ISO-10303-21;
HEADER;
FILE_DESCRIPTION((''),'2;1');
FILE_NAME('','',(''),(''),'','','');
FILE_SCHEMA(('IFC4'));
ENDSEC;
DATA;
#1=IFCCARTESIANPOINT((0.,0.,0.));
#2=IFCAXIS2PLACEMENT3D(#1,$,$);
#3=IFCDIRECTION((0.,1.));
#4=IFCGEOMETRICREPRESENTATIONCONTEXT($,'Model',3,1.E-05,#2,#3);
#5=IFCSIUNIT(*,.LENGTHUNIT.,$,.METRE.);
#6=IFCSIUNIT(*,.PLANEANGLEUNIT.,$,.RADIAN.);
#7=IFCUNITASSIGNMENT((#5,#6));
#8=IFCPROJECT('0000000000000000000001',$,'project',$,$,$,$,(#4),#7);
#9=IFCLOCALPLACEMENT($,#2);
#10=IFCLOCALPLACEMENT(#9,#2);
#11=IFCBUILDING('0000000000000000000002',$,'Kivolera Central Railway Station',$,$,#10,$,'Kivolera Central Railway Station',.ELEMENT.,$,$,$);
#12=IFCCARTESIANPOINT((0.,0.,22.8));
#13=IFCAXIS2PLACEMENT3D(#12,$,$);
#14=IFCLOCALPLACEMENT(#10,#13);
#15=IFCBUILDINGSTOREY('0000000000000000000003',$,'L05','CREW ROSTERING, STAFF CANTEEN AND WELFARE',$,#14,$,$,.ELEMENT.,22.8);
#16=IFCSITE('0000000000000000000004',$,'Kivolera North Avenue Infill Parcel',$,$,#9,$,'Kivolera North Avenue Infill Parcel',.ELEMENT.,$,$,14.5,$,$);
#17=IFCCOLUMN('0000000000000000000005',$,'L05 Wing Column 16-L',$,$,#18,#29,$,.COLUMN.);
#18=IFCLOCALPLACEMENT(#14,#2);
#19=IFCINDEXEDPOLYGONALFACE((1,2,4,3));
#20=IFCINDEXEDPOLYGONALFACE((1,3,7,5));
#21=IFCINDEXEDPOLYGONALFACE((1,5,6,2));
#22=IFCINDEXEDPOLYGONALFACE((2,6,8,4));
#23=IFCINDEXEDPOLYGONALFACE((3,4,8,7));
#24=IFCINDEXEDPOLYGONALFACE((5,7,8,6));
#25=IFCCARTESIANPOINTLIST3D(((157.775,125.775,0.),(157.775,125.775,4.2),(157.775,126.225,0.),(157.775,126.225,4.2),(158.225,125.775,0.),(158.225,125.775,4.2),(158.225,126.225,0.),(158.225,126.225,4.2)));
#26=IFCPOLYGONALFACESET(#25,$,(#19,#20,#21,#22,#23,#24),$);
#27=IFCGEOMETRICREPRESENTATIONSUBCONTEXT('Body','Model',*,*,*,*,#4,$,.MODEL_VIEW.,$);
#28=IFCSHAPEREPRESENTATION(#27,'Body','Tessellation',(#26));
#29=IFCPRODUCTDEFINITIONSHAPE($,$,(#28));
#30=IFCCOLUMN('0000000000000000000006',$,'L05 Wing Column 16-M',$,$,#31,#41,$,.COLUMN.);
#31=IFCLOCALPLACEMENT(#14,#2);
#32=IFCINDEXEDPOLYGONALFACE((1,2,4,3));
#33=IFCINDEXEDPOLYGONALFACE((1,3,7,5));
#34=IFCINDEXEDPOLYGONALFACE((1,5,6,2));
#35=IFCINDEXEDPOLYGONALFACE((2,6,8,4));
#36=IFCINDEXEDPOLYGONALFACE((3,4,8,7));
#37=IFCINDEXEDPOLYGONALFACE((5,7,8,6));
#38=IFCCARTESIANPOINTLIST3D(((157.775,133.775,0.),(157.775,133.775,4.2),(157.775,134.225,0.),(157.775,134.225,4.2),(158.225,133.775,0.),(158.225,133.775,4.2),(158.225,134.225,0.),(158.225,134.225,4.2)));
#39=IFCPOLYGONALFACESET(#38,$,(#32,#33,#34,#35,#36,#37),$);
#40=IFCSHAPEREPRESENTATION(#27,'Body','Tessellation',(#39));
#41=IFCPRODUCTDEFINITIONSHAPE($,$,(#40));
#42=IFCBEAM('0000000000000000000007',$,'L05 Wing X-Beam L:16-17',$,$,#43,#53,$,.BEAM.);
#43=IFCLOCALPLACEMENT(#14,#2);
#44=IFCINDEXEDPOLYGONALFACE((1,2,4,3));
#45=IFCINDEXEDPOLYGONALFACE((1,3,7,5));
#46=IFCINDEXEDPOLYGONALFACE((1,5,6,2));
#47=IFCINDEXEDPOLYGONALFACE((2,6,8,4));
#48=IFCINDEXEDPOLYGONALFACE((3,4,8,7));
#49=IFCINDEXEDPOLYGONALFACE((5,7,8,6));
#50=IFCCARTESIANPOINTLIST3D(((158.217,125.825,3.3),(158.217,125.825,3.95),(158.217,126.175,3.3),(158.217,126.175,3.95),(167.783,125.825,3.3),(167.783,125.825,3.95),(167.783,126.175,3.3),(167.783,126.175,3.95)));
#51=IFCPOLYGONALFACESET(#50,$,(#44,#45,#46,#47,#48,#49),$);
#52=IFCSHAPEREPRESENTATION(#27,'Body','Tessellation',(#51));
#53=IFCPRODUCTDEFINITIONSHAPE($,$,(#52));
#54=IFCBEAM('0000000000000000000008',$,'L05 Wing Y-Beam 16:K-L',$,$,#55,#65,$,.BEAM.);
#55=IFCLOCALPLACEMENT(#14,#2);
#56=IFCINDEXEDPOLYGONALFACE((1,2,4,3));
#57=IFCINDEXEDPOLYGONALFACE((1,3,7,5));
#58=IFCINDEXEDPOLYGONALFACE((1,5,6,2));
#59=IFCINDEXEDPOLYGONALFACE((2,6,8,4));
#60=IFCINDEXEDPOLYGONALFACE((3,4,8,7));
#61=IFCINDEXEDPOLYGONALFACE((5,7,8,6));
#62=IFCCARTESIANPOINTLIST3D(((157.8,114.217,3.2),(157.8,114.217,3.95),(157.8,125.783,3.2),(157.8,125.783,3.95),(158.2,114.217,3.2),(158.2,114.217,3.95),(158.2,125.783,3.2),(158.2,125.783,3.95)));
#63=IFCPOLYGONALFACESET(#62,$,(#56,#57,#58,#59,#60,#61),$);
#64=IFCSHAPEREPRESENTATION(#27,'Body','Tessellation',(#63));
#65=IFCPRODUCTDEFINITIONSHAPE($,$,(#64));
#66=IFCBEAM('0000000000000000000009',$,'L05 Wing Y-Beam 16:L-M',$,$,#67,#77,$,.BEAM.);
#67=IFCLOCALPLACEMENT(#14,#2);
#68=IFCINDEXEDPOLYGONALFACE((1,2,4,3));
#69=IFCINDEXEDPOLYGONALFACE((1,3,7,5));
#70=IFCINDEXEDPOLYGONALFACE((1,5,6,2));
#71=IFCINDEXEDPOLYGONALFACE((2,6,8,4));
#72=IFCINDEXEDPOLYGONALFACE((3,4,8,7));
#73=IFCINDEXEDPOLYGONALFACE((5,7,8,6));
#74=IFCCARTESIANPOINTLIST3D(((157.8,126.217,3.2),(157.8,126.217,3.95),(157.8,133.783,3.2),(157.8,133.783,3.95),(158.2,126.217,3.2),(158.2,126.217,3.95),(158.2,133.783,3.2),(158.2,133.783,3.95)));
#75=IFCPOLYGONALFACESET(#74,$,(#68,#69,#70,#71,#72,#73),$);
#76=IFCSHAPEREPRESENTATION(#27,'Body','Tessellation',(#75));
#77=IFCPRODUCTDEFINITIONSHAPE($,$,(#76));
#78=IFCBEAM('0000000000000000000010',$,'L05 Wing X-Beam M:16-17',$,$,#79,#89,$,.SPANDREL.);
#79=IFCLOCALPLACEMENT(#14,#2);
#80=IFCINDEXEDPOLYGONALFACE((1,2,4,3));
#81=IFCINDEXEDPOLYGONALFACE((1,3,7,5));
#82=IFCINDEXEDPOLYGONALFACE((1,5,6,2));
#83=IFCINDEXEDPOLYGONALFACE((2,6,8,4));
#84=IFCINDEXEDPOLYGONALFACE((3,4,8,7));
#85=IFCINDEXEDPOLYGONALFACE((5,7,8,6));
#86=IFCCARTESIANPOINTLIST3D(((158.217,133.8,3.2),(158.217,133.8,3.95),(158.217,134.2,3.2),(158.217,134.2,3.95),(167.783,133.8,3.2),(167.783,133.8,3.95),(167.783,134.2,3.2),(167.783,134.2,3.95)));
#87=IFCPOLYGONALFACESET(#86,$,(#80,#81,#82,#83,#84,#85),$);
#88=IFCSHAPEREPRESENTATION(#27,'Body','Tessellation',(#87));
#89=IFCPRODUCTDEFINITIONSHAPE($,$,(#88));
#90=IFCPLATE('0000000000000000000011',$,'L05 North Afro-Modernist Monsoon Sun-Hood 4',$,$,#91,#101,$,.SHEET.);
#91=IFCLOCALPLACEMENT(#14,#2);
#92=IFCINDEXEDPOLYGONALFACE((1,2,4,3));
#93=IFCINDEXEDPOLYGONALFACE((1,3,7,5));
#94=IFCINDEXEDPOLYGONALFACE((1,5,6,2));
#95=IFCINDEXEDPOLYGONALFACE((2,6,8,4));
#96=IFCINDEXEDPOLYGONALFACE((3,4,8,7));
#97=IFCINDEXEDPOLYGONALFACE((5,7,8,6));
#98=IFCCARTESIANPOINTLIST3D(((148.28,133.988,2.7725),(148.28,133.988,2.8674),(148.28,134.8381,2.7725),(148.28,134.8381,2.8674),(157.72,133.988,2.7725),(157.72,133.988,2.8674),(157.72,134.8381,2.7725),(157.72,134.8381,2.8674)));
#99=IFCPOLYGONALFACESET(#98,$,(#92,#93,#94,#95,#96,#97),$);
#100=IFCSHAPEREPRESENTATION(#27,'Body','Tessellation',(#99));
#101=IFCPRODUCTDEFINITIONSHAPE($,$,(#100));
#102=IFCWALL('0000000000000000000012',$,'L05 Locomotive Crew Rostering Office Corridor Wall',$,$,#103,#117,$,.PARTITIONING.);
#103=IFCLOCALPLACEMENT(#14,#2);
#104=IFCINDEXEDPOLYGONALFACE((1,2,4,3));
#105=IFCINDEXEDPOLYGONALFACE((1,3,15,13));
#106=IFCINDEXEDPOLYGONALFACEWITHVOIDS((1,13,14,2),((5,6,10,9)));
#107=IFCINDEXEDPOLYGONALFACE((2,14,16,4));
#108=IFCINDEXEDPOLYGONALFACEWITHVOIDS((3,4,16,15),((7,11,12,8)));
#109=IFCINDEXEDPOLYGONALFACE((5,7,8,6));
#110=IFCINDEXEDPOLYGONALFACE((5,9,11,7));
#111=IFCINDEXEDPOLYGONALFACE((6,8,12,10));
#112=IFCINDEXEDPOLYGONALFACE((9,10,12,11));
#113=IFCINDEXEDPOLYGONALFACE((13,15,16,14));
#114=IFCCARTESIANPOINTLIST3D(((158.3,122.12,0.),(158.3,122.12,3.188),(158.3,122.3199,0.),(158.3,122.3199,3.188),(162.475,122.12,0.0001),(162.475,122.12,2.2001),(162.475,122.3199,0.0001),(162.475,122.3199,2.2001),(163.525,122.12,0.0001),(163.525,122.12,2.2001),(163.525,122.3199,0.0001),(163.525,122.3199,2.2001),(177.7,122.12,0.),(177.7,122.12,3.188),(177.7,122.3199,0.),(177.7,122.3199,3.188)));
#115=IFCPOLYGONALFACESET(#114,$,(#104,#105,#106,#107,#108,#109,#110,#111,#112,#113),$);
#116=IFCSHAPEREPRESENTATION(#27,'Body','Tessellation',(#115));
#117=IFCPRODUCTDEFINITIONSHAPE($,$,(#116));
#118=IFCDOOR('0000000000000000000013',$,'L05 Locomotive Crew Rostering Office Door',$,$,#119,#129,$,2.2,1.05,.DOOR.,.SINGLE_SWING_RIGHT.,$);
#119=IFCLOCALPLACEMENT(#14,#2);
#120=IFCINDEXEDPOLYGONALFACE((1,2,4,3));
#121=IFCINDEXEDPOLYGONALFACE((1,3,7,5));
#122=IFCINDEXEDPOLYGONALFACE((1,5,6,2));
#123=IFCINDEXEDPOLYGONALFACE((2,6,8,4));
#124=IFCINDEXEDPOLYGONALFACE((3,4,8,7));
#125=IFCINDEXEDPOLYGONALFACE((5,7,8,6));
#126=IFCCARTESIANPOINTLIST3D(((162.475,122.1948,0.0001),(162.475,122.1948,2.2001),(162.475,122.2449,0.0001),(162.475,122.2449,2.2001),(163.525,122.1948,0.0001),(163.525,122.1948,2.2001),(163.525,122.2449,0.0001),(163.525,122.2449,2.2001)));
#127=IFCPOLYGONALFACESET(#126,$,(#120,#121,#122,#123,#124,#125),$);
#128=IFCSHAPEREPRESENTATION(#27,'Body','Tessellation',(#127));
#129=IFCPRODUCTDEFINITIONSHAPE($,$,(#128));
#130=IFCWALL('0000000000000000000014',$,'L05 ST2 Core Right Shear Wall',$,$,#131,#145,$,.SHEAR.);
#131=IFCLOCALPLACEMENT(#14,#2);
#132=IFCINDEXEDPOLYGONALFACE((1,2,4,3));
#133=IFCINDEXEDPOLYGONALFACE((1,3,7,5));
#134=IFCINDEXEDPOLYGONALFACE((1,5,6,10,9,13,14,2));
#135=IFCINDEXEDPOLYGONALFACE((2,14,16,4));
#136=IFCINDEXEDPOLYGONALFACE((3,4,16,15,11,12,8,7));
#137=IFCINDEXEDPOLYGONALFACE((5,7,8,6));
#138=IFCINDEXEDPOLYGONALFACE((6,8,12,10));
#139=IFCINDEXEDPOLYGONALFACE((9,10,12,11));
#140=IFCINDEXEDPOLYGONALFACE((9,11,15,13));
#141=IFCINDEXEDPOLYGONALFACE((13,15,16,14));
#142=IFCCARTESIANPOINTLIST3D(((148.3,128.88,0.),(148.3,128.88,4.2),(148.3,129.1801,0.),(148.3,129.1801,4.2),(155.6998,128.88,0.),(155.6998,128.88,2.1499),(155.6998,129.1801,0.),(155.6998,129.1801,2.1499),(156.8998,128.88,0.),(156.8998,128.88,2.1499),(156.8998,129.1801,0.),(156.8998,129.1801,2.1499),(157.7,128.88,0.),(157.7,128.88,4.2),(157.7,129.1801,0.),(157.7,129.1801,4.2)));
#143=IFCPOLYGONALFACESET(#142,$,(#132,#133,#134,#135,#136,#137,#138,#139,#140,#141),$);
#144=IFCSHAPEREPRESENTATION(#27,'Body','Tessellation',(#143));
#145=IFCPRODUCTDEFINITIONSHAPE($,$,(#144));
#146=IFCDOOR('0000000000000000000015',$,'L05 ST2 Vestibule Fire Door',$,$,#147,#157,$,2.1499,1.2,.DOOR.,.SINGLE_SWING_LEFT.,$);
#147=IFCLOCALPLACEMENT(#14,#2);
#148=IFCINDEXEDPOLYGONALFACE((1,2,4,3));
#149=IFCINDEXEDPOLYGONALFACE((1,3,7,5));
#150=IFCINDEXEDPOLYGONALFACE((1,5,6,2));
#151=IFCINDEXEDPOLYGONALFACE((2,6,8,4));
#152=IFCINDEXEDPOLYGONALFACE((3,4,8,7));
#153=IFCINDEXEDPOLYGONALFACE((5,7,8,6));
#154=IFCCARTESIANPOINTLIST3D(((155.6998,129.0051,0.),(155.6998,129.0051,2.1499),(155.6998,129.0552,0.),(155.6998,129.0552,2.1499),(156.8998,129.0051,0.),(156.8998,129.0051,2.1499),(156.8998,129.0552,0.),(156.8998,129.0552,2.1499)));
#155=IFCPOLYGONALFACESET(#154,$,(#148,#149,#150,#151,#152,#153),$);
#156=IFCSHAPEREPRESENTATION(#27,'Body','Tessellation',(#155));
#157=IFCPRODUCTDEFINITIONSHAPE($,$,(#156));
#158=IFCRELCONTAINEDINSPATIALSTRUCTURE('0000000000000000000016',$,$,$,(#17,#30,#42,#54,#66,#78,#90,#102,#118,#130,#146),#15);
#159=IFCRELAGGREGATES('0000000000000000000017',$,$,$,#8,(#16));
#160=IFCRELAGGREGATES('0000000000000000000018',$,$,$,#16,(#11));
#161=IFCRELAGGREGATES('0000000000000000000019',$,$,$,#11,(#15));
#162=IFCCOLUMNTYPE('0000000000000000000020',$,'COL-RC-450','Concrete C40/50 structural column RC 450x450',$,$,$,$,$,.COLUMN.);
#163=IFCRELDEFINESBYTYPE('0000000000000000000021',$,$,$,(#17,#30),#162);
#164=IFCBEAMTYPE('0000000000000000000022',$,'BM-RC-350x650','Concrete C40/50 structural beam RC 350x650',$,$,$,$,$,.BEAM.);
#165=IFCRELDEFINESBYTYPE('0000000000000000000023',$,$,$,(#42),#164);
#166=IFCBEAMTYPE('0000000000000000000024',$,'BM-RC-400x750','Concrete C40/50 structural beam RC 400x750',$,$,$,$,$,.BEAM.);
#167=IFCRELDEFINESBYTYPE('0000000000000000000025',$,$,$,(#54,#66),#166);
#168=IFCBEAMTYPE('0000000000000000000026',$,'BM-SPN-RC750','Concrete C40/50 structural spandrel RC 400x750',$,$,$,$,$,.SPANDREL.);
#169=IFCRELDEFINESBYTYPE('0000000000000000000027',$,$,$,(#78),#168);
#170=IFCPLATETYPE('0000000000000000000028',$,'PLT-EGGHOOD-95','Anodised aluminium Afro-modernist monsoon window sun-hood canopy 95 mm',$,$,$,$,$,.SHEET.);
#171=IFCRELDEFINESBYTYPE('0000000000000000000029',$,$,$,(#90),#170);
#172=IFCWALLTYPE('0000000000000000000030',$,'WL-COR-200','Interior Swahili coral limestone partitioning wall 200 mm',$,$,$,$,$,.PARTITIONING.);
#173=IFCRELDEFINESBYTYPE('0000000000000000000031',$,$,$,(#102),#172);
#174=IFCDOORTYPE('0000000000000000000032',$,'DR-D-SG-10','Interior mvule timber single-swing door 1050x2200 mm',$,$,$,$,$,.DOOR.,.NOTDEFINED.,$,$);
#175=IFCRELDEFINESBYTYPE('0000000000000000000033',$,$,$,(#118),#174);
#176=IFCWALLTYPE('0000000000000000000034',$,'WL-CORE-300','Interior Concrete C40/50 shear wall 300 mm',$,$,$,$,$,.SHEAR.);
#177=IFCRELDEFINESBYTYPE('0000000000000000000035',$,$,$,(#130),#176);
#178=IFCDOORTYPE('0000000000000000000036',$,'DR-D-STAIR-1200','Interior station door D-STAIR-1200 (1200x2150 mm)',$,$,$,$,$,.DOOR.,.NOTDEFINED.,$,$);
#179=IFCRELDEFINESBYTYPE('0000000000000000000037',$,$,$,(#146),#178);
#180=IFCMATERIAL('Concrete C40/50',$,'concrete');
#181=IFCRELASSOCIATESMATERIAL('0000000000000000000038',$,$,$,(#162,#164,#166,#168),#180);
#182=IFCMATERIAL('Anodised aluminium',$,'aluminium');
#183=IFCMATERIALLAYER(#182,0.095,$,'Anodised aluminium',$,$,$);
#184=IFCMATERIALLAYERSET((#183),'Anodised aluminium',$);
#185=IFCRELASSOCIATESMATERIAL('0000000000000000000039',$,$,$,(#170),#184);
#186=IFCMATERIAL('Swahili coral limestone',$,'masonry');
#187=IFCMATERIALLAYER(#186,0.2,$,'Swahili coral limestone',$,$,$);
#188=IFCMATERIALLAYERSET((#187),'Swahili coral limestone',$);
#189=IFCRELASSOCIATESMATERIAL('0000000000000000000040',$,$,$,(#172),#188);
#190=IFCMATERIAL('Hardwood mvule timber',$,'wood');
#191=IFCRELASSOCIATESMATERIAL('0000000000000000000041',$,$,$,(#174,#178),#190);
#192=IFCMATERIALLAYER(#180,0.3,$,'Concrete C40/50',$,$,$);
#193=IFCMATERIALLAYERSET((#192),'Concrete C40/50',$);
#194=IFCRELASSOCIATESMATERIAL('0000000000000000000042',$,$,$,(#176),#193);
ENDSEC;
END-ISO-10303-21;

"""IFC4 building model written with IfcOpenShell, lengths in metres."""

from ifc_helpers import new_model, si_unit, direction, frame, frame_2d, origin, origin_2d, place, context, subcontext, project, spatial, rectangle, extrude, material, layer, layer_set, material_profile, profile_set, type_object, element, fill, save


model = new_model("IFC4")

# Units and contexts
model_context = context("Model", 3, precision=1e-05, world=origin(), true_north=direction((0.0, 1.0)))
body_context = subcontext(model_context, "Body", "Model", "MODEL_VIEW")
ifc_project = project(units=[si_unit("LENGTHUNIT", "METRE"), si_unit("PLANEANGLEUNIT", "RADIAN")], contexts=[model_context])

# Site, building, storey
site_placement = place(None, origin())
site = spatial("IfcSite", under=ifc_project, at=site_placement, Name="Kivolera North Avenue Infill Parcel", LongName="Kivolera North Avenue Infill Parcel", CompositionType="ELEMENT", RefElevation=14.5)
building_placement = place(site_placement, origin())
building = spatial("IfcBuilding", under=site, at=building_placement, Name="Kivolera Central Railway Station", LongName="Kivolera Central Railway Station", CompositionType="ELEMENT")
storey_placement = place(building_placement, frame((0.0, 0.0, 22.8)))
storey = spatial("IfcBuildingStorey", under=building, at=storey_placement, Name="L05", Description="CREW ROSTERING, STAFF CANTEEN AND WELFARE", CompositionType="ELEMENT", Elevation=22.8)

# Columns
ifc_material_1 = material(Name="Concrete C40/50", Category="concrete")
ifc_material_profile_1 = material_profile(ifc_material_1, rectangle(XDim=0.45, YDim=0.45, at=origin_2d()), Name="RC 450x450")
ifc_profile_set_1 = profile_set([ifc_material_profile_1], Name="Concrete C40/50")
column_type = type_object("IfcColumnType", Name="COL-RC-450", Description="Concrete C40/50 structural column RC 450x450", PredefinedType="COLUMN", material=ifc_profile_set_1)
for number, where, z_axis, x_axis, name in (
    (1, (158.0, 126.0, 0.0), (0.0, 0.0, 1.0), (1.0, 0.0, 0.0), "L05 Wing Column 16-L"),
    (2, (158.0, 134.0, 0.0), (0.0, 0.0, 1.0), (1.0, 0.0, 0.0), "L05 Wing Column 16-M"),
):
    element("IfcColumn", number, at=place(storey_placement, frame(where, z_axis=z_axis, x_axis=x_axis)), inside=storey, type_object=column_type, Name=name, PredefinedType="COLUMN", context=body_context, shape_type="SweptSolid", body=[
        extrude(rectangle(XDim=0.45, YDim=0.45, at=origin_2d()), origin(), (0.0, 0.0, 1.0), 4.2),
    ])

# Beams
ifc_material_profile_2 = material_profile(ifc_material_1, rectangle(XDim=0.3501, YDim=0.6499, at=origin_2d()), Name="RC 350x650")
ifc_profile_set_2 = profile_set([ifc_material_profile_2], Name="Concrete C40/50")
beam_type_1 = type_object("IfcBeamType", Name="BM-RC-350x650", Description="Concrete C40/50 structural beam RC 350x650", PredefinedType="BEAM", material=ifc_profile_set_2)
beam_1_placement = place(storey_placement, frame((158.217, 126.0, 3.625), z_axis=(1.0, 0.0, 0.0), x_axis=(0.0, 1.0, 0.0)))
element("IfcBeam", 3, at=beam_1_placement, inside=storey, type_object=beam_type_1, Name="L05 Wing X-Beam L:16-17", PredefinedType="BEAM", context=body_context, shape_type="SweptSolid", body=[
    extrude(rectangle(XDim=0.3501, YDim=0.6499, at=origin_2d()), origin(), (0.0, 0.0, 1.0), 9.5659),
])
ifc_material_profile_3 = material_profile(ifc_material_1, rectangle(XDim=0.3999, YDim=0.75, at=origin_2d()), Name="RC 400x750")
ifc_profile_set_3 = profile_set([ifc_material_profile_3], Name="Concrete C40/50")
beam_type_2 = type_object("IfcBeamType", Name="BM-RC-400x750", Description="Concrete C40/50 structural beam RC 400x750", PredefinedType="BEAM", material=ifc_profile_set_3)
beam_2_placement = place(storey_placement, frame((158.0, 114.217, 3.575), z_axis=(0.0, 1.0, 0.0), x_axis=(-1.0, 0.0, 0.0)))
element("IfcBeam", 4, at=beam_2_placement, inside=storey, type_object=beam_type_2, Name="L05 Wing Y-Beam 16:K-L", PredefinedType="BEAM", context=body_context, shape_type="SweptSolid", body=[
    extrude(rectangle(XDim=0.3999, YDim=0.75, at=origin_2d()), origin(), (0.0, 0.0, 1.0), 11.5659),
])
beam_3_placement = place(storey_placement, frame((158.0, 126.217, 3.575), z_axis=(0.0, 1.0, 0.0), x_axis=(-1.0, 0.0, 0.0)))
element("IfcBeam", 5, at=beam_3_placement, inside=storey, type_object=beam_type_2, Name="L05 Wing Y-Beam 16:L-M", PredefinedType="BEAM", context=body_context, shape_type="SweptSolid", body=[
    extrude(rectangle(XDim=0.3999, YDim=0.75, at=origin_2d()), origin(), (0.0, 0.0, 1.0), 7.5659),
])
ifc_material_profile_4 = material_profile(ifc_material_1, rectangle(XDim=0.3999, YDim=0.75, at=origin_2d()), Name="RC 400x750")
ifc_profile_set_4 = profile_set([ifc_material_profile_4], Name="Concrete C40/50")
beam_type_3 = type_object("IfcBeamType", Name="BM-SPN-RC750", Description="Concrete C40/50 structural spandrel RC 400x750", PredefinedType="SPANDREL", material=ifc_profile_set_4)
beam_4_placement = place(storey_placement, frame((158.217, 134.0, 3.575), z_axis=(1.0, 0.0, 0.0), x_axis=(0.0, 1.0, 0.0)))
element("IfcBeam", 6, at=beam_4_placement, inside=storey, type_object=beam_type_3, Name="L05 Wing X-Beam M:16-17", PredefinedType="SPANDREL", context=body_context, shape_type="SweptSolid", body=[
    extrude(rectangle(XDim=0.3999, YDim=0.75, at=origin_2d()), origin(), (0.0, 0.0, 1.0), 9.5659),
])

# Plate
ifc_material_2 = material(Name="Anodised aluminium", Category="aluminium")
ifc_layer_1 = layer(ifc_material_2, 0.095, Name="Anodised aluminium")
ifc_layer_set_1 = layer_set([ifc_layer_1], Name="Anodised aluminium")
plate_type = type_object("IfcPlateType", Name="PLT-EGGHOOD-95", Description="Anodised aluminium Afro-modernist monsoon window sun-hood canopy 95 mm", PredefinedType="SHEET", material=ifc_layer_set_1)
plate_placement = place(storey_placement, frame((153.0, 134.4131, 2.7725), z_axis=(0.0, 0.0, 1.0), x_axis=(1.0, 0.0, 0.0)))
element("IfcPlate", 7, at=plate_placement, inside=storey, type_object=plate_type, Name="L05 North Afro-Modernist Monsoon Sun-Hood 4", PredefinedType="SHEET", context=body_context, shape_type="SweptSolid", body=[
    extrude(rectangle(XDim=9.4399, YDim=0.8501, at=origin_2d()), origin(), (0.0, 0.0, 1.0), 0.095),
])

# Walls, openings, doors
ifc_material_3 = material(Name="Swahili coral limestone", Category="masonry")
ifc_layer_2 = layer(ifc_material_3, 0.2, Name="Swahili coral limestone")
ifc_layer_set_2 = layer_set([ifc_layer_2], Name="Swahili coral limestone")
wall_type_1 = type_object("IfcWallType", Name="WL-COR-200", Description="Interior Swahili coral limestone partitioning wall 200 mm", PredefinedType="PARTITIONING", material=ifc_layer_set_2)
wall_1_placement = place(storey_placement, frame((158.3, 122.22, 0.0), z_axis=(0.0, 0.0, 1.0), x_axis=(1.0, 0.0, 0.0)))
wall_1 = element("IfcWall", 8, at=wall_1_placement, inside=storey, type_object=wall_type_1, Name="L05 Locomotive Crew Rostering Office Corridor Wall", PredefinedType="PARTITIONING", context=body_context, shape_type="SweptSolid", body=[
    extrude(rectangle(XDim=19.3999, YDim=0.2, at=frame_2d((9.7, 0.0))), origin(), (0.0, 0.0, 1.0), 3.188),
])
opening_1_placement = place(wall_1_placement, frame((4.175, 0.0, 0.0)))
opening_1 = element("IfcOpeningElement", 9, at=opening_1_placement, cuts=wall_1, PredefinedType="OPENING", context=body_context, shape_type="SweptSolid", body=[
    extrude(rectangle(XDim=1.05, YDim=2.2, at=frame_2d((0.5249, 1.1001))), frame((0.0, 0.1099, 0.0), z_axis=(0.0, -1.0, 0.0), x_axis=(1.0, 0.0, 0.0)), (0.0, 0.0, 1.0), 0.22),
])
ifc_material_4 = material(Name="Hardwood mvule timber", Category="wood")
door_type_1 = type_object("IfcDoorType", Name="DR-D-SG-10", Description="Interior mvule timber single-swing door 1050x2200 mm", OperationType="NOTDEFINED", PredefinedType="DOOR", material=ifc_material_4)
door_1_placement = place(opening_1_placement, origin())
door_1 = element("IfcDoor", 10, at=door_1_placement, inside=storey, type_object=door_type_1, Name="L05 Locomotive Crew Rostering Office Door", OperationType="SINGLE_SWING_RIGHT", OverallHeight=2.2, OverallWidth=1.05, PredefinedType="DOOR", context=body_context, shape_type="SweptSolid", body=[
    extrude(rectangle(XDim=1.05, YDim=2.2, at=frame_2d((0.5249, 1.1001))), frame((0.0, 0.0249, 0.0), z_axis=(0.0, -1.0, 0.0), x_axis=(1.0, 0.0, 0.0)), (0.0, 0.0, 1.0), 0.05),
])
fill(opening_1, door_1)
ifc_layer_3 = layer(ifc_material_1, 0.3, Name="Concrete C40/50")
ifc_layer_set_3 = layer_set([ifc_layer_3], Name="Concrete C40/50")
wall_type_2 = type_object("IfcWallType", Name="WL-CORE-300", Description="Interior Concrete C40/50 shear wall 300 mm", PredefinedType="SHEAR", material=ifc_layer_set_3)
wall_2_placement = place(storey_placement, frame((157.7, 129.03, 0.0), z_axis=(0.0, 0.0, 1.0), x_axis=(-1.0, 0.0, 0.0)))
wall_2 = element("IfcWall", 11, at=wall_2_placement, inside=storey, type_object=wall_type_2, Name="L05 ST2 Core Right Shear Wall", PredefinedType="SHEAR", context=body_context, shape_type="SweptSolid", body=[
    extrude(rectangle(XDim=9.3999, YDim=0.3, at=frame_2d((4.7, 0.0))), origin(), (0.0, 0.0, 1.0), 4.2),
])
opening_2_placement = place(wall_2_placement, frame((0.8, 0.0, 0.0)))
opening_2 = element("IfcOpeningElement", 12, at=opening_2_placement, cuts=wall_2, PredefinedType="OPENING", context=body_context, shape_type="SweptSolid", body=[
    extrude(rectangle(XDim=1.2, YDim=2.1499, at=frame_2d((0.6001, 1.075))), frame((0.0, 0.1599, 0.0), z_axis=(0.0, -1.0, 0.0), x_axis=(1.0, 0.0, 0.0)), (0.0, 0.0, 1.0), 0.3201),
])
door_type_2 = type_object("IfcDoorType", Name="DR-D-STAIR-1200", Description="Interior station door D-STAIR-1200 (1200x2150 mm)", OperationType="NOTDEFINED", PredefinedType="DOOR", material=ifc_material_4)
door_2_placement = place(opening_2_placement, origin())
door_2 = element("IfcDoor", 13, at=door_2_placement, inside=storey, type_object=door_type_2, Name="L05 ST2 Vestibule Fire Door", OperationType="SINGLE_SWING_LEFT", OverallHeight=2.1499, OverallWidth=1.2, PredefinedType="DOOR", context=body_context, shape_type="SweptSolid", body=[
    extrude(rectangle(XDim=1.2, YDim=2.1499, at=frame_2d((0.6001, 1.075))), frame((0.0, 0.0249, 0.0), z_axis=(0.0, -1.0, 0.0), x_axis=(1.0, 0.0, 0.0)), (0.0, 0.0, 1.0), 0.05),
])
fill(opening_2, door_2)

save(model, "model.ifc")
